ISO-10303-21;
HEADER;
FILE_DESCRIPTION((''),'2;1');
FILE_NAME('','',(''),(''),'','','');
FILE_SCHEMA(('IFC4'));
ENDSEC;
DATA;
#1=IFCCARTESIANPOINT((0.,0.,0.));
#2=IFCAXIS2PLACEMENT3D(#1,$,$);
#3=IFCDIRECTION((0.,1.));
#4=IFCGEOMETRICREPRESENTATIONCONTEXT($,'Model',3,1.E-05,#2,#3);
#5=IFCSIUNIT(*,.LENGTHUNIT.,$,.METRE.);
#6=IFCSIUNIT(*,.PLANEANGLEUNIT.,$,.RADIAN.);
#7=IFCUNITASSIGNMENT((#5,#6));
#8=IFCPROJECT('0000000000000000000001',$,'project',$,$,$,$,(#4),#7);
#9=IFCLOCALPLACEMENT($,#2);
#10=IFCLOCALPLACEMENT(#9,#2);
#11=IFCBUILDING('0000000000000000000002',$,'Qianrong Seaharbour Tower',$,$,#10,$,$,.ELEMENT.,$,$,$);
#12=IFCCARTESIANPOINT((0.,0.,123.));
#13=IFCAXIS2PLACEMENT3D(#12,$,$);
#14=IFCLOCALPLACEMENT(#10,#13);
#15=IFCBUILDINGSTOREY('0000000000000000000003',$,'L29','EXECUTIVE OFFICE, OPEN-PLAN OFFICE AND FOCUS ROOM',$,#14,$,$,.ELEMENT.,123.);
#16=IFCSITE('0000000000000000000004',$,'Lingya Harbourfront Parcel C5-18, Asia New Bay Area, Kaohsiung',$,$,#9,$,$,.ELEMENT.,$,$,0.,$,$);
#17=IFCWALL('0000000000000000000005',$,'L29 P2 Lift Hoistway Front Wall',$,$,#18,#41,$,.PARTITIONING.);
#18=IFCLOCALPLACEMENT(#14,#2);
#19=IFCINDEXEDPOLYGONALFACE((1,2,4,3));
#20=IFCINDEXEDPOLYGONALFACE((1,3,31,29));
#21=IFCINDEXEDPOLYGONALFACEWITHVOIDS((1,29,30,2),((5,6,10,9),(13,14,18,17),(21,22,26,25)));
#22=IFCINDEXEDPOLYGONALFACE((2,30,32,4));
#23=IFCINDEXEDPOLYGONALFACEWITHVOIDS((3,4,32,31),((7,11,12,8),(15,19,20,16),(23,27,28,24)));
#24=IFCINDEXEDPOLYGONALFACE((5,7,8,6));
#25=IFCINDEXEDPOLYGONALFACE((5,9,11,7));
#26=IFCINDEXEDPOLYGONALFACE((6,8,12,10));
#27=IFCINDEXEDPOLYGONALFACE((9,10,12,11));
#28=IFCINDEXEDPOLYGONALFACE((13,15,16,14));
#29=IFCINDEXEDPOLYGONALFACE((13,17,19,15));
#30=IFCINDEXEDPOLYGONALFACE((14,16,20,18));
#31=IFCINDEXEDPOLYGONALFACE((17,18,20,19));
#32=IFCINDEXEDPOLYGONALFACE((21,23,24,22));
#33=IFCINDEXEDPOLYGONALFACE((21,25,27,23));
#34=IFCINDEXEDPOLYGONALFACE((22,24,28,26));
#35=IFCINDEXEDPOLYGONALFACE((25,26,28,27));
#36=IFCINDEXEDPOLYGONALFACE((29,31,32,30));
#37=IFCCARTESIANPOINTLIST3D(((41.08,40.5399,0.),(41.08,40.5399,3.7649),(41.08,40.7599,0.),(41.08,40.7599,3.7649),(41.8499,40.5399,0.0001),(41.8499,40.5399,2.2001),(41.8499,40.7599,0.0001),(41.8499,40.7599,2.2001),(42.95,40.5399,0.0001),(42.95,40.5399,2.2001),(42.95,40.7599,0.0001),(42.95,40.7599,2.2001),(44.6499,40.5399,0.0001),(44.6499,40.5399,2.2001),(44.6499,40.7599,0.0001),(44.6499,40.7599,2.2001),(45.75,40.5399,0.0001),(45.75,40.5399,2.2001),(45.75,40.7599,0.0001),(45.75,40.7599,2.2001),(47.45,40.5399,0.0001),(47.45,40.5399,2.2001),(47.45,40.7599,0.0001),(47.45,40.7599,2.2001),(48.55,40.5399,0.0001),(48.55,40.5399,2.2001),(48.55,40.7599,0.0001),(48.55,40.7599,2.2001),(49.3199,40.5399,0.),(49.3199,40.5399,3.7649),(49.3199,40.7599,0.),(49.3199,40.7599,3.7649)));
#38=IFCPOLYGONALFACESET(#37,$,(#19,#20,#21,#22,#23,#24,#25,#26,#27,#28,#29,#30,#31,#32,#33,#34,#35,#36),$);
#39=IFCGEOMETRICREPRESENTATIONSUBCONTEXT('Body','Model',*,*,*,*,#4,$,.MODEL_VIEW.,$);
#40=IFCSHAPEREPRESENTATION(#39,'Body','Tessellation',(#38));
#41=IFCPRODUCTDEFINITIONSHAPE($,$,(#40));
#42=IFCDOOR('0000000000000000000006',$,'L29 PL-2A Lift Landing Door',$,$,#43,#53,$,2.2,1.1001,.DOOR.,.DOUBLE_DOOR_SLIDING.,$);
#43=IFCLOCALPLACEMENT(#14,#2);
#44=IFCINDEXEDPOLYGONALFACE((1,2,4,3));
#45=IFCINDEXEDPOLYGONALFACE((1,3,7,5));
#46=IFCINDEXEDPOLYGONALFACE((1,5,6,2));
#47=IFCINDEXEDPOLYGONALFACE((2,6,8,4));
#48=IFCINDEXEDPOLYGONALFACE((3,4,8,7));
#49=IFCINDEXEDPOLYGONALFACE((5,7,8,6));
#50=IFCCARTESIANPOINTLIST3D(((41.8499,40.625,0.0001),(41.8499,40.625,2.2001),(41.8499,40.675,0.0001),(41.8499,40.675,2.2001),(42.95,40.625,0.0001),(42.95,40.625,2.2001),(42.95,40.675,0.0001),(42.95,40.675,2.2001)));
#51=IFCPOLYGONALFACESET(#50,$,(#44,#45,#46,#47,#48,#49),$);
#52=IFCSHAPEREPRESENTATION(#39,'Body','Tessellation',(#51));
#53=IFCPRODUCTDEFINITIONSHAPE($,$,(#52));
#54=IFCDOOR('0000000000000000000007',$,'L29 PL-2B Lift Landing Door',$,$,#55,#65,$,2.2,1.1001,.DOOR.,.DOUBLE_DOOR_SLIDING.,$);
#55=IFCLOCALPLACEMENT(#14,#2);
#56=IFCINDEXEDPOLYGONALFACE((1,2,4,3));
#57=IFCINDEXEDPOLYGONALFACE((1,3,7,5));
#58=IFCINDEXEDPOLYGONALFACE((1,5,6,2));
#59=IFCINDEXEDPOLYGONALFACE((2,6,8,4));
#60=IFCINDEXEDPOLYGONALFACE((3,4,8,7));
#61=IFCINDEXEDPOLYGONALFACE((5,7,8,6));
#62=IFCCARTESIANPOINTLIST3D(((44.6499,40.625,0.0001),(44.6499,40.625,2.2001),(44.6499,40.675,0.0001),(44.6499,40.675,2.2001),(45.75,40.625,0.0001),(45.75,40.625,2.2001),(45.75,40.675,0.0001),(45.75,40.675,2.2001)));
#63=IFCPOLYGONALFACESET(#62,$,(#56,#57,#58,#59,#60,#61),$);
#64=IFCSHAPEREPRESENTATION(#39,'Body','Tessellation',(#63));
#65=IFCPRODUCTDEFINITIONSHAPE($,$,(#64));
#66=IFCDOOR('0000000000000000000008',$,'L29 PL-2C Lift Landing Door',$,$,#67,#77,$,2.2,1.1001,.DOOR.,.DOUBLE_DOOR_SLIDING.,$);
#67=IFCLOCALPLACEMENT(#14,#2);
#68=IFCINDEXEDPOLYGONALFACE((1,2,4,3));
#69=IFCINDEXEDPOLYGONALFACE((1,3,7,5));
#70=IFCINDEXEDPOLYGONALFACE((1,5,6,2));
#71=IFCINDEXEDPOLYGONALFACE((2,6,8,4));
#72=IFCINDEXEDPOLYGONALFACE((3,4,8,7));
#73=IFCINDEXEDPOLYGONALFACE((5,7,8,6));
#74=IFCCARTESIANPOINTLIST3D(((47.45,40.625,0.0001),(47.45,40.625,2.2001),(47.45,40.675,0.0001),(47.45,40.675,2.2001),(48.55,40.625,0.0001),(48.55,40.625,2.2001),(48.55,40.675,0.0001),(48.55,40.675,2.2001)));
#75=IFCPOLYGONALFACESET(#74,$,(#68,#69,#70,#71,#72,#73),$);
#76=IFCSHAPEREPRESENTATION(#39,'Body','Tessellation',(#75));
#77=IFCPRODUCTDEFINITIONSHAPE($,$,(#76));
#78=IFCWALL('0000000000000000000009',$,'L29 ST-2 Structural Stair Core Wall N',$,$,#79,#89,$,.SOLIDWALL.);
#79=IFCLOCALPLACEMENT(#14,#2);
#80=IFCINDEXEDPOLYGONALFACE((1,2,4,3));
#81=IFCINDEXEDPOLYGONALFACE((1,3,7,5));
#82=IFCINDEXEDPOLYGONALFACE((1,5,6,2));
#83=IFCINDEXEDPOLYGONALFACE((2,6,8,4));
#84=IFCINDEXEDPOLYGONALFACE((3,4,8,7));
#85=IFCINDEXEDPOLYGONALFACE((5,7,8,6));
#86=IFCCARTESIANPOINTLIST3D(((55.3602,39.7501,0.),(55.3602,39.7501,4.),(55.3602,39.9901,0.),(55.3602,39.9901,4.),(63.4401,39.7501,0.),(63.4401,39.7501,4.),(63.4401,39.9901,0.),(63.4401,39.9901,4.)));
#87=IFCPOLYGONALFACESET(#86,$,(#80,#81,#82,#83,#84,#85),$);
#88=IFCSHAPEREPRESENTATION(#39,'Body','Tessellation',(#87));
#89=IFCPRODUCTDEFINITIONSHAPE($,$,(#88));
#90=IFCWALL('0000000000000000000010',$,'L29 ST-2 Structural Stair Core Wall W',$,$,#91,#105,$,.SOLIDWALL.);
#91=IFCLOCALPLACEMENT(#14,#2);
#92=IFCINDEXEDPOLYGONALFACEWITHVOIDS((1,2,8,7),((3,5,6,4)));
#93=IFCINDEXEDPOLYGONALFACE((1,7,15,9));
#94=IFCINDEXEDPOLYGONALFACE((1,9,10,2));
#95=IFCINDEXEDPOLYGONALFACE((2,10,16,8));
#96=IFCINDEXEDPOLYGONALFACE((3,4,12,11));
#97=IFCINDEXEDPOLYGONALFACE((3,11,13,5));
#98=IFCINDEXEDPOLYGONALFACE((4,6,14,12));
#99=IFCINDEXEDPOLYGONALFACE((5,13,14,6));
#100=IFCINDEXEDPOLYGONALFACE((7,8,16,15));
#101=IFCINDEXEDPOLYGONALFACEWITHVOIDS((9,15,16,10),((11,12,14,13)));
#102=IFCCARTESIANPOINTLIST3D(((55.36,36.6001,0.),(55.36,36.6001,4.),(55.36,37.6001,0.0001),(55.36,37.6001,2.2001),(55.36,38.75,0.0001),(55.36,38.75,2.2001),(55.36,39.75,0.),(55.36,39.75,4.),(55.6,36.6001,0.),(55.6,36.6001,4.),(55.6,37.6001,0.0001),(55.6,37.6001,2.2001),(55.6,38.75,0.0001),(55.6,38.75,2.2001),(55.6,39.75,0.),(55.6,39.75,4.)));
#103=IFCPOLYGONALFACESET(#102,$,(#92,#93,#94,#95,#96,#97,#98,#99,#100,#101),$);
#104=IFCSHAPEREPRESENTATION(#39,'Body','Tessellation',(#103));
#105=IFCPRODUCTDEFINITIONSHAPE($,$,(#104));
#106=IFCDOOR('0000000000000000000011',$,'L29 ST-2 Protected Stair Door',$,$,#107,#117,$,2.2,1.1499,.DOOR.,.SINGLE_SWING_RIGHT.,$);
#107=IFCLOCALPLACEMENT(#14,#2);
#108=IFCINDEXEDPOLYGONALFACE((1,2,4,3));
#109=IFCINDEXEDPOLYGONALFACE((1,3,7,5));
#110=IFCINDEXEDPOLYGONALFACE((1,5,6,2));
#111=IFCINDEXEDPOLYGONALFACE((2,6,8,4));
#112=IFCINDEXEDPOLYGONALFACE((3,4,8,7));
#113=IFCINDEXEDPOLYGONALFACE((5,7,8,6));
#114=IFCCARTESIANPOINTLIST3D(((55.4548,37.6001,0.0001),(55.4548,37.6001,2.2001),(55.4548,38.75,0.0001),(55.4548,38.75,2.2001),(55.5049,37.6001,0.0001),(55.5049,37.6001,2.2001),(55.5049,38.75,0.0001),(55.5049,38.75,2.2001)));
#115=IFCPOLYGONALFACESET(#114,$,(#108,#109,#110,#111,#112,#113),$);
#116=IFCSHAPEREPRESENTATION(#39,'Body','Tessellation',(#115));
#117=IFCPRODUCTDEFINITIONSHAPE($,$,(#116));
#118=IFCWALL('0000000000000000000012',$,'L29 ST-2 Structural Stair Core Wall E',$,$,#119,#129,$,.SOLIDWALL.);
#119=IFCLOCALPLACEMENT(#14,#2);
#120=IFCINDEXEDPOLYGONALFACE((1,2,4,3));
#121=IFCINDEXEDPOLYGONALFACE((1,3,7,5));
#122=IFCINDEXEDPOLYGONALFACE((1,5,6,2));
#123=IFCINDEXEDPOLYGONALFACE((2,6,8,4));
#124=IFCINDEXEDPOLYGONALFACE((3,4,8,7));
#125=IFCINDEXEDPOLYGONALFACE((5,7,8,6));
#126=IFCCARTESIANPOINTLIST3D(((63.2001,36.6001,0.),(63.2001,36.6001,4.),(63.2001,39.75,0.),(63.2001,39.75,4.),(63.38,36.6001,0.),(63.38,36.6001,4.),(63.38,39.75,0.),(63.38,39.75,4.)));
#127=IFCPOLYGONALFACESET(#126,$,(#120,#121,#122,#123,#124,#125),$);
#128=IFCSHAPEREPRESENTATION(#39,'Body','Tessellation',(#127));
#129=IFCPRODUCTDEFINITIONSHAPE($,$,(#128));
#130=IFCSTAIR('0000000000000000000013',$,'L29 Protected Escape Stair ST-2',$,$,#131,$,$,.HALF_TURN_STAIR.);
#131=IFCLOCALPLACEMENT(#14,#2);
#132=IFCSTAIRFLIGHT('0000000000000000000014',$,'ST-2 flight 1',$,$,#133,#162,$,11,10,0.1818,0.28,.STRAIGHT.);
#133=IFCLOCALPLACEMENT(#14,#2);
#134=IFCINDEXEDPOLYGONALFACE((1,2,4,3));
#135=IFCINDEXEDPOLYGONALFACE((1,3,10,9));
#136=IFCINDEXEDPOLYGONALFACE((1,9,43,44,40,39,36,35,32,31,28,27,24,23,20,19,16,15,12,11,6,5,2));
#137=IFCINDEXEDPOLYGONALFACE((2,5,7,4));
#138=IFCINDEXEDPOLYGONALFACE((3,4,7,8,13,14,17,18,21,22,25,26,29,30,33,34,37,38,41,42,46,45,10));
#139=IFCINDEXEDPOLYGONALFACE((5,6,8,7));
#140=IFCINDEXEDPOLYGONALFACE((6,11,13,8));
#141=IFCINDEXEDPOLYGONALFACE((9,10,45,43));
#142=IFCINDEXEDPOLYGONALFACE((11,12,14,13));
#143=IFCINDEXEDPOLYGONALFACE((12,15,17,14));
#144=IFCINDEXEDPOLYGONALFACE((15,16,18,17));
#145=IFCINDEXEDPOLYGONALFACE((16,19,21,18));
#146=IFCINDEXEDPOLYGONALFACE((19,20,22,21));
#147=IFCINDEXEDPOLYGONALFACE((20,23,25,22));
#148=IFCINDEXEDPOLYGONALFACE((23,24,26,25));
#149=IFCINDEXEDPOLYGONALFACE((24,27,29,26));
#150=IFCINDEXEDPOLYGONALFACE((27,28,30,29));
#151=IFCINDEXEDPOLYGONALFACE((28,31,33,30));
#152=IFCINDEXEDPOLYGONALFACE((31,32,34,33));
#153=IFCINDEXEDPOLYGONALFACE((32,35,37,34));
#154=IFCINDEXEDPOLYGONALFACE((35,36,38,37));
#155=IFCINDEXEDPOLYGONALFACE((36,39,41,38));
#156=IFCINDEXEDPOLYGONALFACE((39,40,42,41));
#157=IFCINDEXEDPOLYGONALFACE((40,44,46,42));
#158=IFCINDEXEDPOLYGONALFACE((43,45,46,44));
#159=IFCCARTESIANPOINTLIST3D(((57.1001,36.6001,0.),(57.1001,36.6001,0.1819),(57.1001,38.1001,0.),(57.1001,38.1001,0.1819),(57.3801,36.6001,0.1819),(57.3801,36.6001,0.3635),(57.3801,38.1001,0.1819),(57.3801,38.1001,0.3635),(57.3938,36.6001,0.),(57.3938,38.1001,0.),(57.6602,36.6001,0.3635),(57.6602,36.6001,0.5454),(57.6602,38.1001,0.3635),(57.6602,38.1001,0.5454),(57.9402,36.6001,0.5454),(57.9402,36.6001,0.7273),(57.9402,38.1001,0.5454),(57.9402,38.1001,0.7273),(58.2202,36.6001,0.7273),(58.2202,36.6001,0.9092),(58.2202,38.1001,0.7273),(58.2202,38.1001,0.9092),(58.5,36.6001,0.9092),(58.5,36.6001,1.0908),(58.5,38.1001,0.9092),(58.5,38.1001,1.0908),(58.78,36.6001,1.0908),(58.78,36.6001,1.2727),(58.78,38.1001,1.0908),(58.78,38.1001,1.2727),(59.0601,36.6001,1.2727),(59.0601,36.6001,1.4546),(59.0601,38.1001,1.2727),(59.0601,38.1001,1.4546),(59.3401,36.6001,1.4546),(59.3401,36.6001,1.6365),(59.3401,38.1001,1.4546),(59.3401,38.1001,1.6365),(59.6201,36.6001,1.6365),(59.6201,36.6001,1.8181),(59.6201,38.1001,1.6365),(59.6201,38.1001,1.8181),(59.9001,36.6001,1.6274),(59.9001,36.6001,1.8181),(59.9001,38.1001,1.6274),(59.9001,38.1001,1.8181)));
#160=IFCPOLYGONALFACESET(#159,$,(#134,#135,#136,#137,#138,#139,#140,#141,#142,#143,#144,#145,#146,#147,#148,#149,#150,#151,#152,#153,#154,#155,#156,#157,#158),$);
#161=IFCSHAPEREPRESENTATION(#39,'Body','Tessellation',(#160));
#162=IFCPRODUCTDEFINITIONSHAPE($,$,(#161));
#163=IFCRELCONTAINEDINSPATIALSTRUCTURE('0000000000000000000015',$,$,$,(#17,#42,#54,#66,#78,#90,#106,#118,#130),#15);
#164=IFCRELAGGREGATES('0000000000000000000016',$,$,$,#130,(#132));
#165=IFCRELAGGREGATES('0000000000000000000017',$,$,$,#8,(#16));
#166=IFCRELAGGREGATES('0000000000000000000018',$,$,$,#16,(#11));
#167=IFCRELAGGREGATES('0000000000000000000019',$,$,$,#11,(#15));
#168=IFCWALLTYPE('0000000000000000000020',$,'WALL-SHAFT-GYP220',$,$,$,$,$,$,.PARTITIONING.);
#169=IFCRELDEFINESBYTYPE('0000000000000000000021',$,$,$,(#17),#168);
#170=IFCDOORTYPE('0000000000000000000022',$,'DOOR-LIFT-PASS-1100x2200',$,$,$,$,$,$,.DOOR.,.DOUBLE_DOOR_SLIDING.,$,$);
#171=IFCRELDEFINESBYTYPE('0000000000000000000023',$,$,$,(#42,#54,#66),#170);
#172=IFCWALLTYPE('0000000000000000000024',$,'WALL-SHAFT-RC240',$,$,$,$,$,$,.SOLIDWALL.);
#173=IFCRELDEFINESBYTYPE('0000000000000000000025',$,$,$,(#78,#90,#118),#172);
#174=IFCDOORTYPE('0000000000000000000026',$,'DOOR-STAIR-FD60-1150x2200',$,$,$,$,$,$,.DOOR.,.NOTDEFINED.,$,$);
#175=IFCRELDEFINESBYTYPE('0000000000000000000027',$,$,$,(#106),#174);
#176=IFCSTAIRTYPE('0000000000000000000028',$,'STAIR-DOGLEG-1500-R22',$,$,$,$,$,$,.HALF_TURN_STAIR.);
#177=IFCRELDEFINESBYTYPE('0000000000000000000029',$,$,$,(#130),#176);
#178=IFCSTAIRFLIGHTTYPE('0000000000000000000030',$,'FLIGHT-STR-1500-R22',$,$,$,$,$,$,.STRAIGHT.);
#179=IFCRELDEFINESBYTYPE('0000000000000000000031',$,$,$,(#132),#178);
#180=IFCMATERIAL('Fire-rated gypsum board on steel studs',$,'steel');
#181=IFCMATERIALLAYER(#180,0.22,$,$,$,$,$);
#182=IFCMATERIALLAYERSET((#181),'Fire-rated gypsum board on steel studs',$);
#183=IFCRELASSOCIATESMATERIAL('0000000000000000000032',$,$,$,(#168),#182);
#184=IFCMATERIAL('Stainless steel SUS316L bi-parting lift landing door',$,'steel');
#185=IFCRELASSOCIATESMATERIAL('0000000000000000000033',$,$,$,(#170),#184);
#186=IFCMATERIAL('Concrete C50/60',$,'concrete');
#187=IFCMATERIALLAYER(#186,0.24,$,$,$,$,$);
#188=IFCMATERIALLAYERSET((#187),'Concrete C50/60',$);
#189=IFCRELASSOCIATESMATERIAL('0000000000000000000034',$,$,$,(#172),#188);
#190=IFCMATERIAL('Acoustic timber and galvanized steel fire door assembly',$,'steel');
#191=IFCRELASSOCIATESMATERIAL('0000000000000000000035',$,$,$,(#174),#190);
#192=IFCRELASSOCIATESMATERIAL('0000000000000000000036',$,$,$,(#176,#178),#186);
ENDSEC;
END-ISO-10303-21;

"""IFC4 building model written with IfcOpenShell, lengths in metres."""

from ifc_helpers import new_model, si_unit, direction, frame, frame_2d, origin, place, context, subcontext, project, spatial, polyline, rectangle, outline, extrude, material, layer, layer_set, type_object, element, fill, aggregate, save


model = new_model("IFC4")

# Units and contexts
model_context = context("Model", 3, precision=1e-05, world=origin(), true_north=direction((0.0, 1.0)))
body_context = subcontext(model_context, "Body", "Model", "MODEL_VIEW")
ifc_project = project(units=[si_unit("LENGTHUNIT", "METRE"), si_unit("PLANEANGLEUNIT", "RADIAN")], contexts=[model_context])

# Site, building, storey
site_placement = place(None, origin())
site = spatial("IfcSite", under=ifc_project, at=site_placement, Name="Lingya Harbourfront Parcel C5-18, Asia New Bay Area, Kaohsiung", CompositionType="ELEMENT", RefElevation=0.0)
building_placement = place(site_placement, origin())
building = spatial("IfcBuilding", under=site, at=building_placement, Name="Qianrong Seaharbour Tower", CompositionType="ELEMENT")
storey_placement = place(building_placement, frame((0.0, 0.0, 123.0)))
storey = spatial("IfcBuildingStorey", under=building, at=storey_placement, Name="L29", Description="EXECUTIVE OFFICE, OPEN-PLAN OFFICE AND FOCUS ROOM", CompositionType="ELEMENT", Elevation=123.0)

# Shared definitions
ifc_material_1 = material(Name="Acoustic timber and galvanized steel fire door assembly", Category="steel")

# Wall, openings, doors
ifc_material_2 = material(Name="Fire-rated gypsum board on steel studs", Category="steel")
ifc_layer_1 = layer(ifc_material_2, 0.22)
ifc_layer_set_1 = layer_set([ifc_layer_1], Name="Fire-rated gypsum board on steel studs")
wall_type_1 = type_object("IfcWallType", Name="WALL-SHAFT-GYP220", PredefinedType="PARTITIONING", material=ifc_layer_set_1)
wall_1_placement = place(storey_placement, frame((49.3201, 40.6499, 0.0), z_axis=(0.0, 0.0, 1.0), x_axis=(-1.0, 0.0, 0.0)))
wall_1 = element("IfcWall", 1, at=wall_1_placement, inside=storey, type_object=wall_type_1, Name="L29 P2 Lift Hoistway Front Wall", PredefinedType="PARTITIONING", context=body_context, shape_type="SweptSolid", body=[
    extrude(rectangle(XDim=8.24, YDim=0.22, at=frame_2d((4.1201, 0.0))), origin(), (0.0, 0.0, 1.0), 3.7649),
])
opening_1_placement = place(wall_1_placement, frame((6.3701, 0.0, 0.0)))
opening_1 = element("IfcOpeningElement", 2, at=opening_1_placement, cuts=wall_1, PredefinedType="OPENING", context=body_context, shape_type="SweptSolid", body=[
    extrude(rectangle(XDim=1.1001, YDim=2.2, at=frame_2d((0.55, 1.1001))), frame((0.0, 0.1201, 0.0), z_axis=(0.0, -1.0, 0.0), x_axis=(1.0, 0.0, 0.0)), (0.0, 0.0, 1.0), 0.24),
])
opening_2_placement = place(wall_1_placement, frame((3.5701, 0.0, 0.0)))
opening_2 = element("IfcOpeningElement", 3, at=opening_2_placement, cuts=wall_1, PredefinedType="OPENING", context=body_context, shape_type="SweptSolid", body=[
    extrude(rectangle(XDim=1.1001, YDim=2.2, at=frame_2d((0.55, 1.1001))), frame((0.0, 0.1201, 0.0), z_axis=(0.0, -1.0, 0.0), x_axis=(1.0, 0.0, 0.0)), (0.0, 0.0, 1.0), 0.24),
])
opening_3_placement = place(wall_1_placement, frame((0.77, 0.0, 0.0)))
opening_3 = element("IfcOpeningElement", 4, at=opening_3_placement, cuts=wall_1, PredefinedType="OPENING", context=body_context, shape_type="SweptSolid", body=[
    extrude(rectangle(XDim=1.1001, YDim=2.2, at=frame_2d((0.55, 1.1001))), frame((0.0, 0.1201, 0.0), z_axis=(0.0, -1.0, 0.0), x_axis=(1.0, 0.0, 0.0)), (0.0, 0.0, 1.0), 0.24),
])
ifc_material_3 = material(Name="Stainless steel SUS316L bi-parting lift landing door", Category="steel")
door_type_1 = type_object("IfcDoorType", Name="DOOR-LIFT-PASS-1100x2200", OperationType="DOUBLE_DOOR_SLIDING", PredefinedType="DOOR", material=ifc_material_3)
door_1_placement = place(opening_1_placement, origin())
door_1 = element("IfcDoor", 5, at=door_1_placement, inside=storey, type_object=door_type_1, Name="L29 PL-2A Lift Landing Door", OperationType="DOUBLE_DOOR_SLIDING", OverallHeight=2.2, OverallWidth=1.1001, PredefinedType="DOOR", context=body_context, shape_type="SweptSolid", body=[
    extrude(rectangle(XDim=1.1001, YDim=2.2, at=frame_2d((0.55, 1.1001))), frame((0.0, 0.0249, 0.0), z_axis=(0.0, -1.0, 0.0), x_axis=(1.0, 0.0, 0.0)), (0.0, 0.0, 1.0), 0.05),
])
fill(opening_1, door_1)
door_2_placement = place(opening_2_placement, origin())
door_2 = element("IfcDoor", 6, at=door_2_placement, inside=storey, type_object=door_type_1, Name="L29 PL-2B Lift Landing Door", OperationType="DOUBLE_DOOR_SLIDING", OverallHeight=2.2, OverallWidth=1.1001, PredefinedType="DOOR", context=body_context, shape_type="SweptSolid", body=[
    extrude(rectangle(XDim=1.1001, YDim=2.2, at=frame_2d((0.55, 1.1001))), frame((0.0, 0.0249, 0.0), z_axis=(0.0, -1.0, 0.0), x_axis=(1.0, 0.0, 0.0)), (0.0, 0.0, 1.0), 0.05),
])
fill(opening_2, door_2)
door_3_placement = place(opening_3_placement, origin())
door_3 = element("IfcDoor", 7, at=door_3_placement, inside=storey, type_object=door_type_1, Name="L29 PL-2C Lift Landing Door", OperationType="DOUBLE_DOOR_SLIDING", OverallHeight=2.2, OverallWidth=1.1001, PredefinedType="DOOR", context=body_context, shape_type="SweptSolid", body=[
    extrude(rectangle(XDim=1.1001, YDim=2.2, at=frame_2d((0.55, 1.1001))), frame((0.0, 0.0249, 0.0), z_axis=(0.0, -1.0, 0.0), x_axis=(1.0, 0.0, 0.0)), (0.0, 0.0, 1.0), 0.05),
])
fill(opening_3, door_3)

# Wall
ifc_material_4 = material(Name="Concrete C50/60", Category="concrete")
ifc_layer_2 = layer(ifc_material_4, 0.24)
ifc_layer_set_2 = layer_set([ifc_layer_2], Name="Concrete C50/60")
wall_type_2 = type_object("IfcWallType", Name="WALL-SHAFT-RC240", PredefinedType="SOLIDWALL", material=ifc_layer_set_2)
wall_2_placement = place(storey_placement, frame((55.3601, 39.8701, 0.0), z_axis=(0.0, 0.0, 1.0), x_axis=(1.0, 0.0, 0.0)))
element("IfcWall", 8, at=wall_2_placement, inside=storey, type_object=wall_type_2, Name="L29 ST-2 Structural Stair Core Wall N", PredefinedType="SOLIDWALL", context=body_context, shape_type="SweptSolid", body=[
    extrude(rectangle(XDim=8.0798, YDim=0.24, at=frame_2d((4.04, 0.0))), origin(), (0.0, 0.0, 1.0), 4.0),
])

# Wall, opening, door
wall_3_placement = place(storey_placement, frame((55.48, 39.75, 0.0), z_axis=(0.0, 0.0, 1.0), x_axis=(0.0, -1.0, 0.0)))
wall_3 = element("IfcWall", 9, at=wall_3_placement, inside=storey, type_object=wall_type_2, Name="L29 ST-2 Structural Stair Core Wall W", PredefinedType="SOLIDWALL", context=body_context, shape_type="SweptSolid", body=[
    extrude(rectangle(XDim=3.1499, YDim=0.24, at=frame_2d((1.575, 0.0))), origin(), (0.0, 0.0, 1.0), 4.0),
])
opening_4_placement = place(wall_3_placement, frame((1.0, 0.0, 0.0)))
opening_4 = element("IfcOpeningElement", 10, at=opening_4_placement, cuts=wall_3, PredefinedType="OPENING", context=body_context, shape_type="SweptSolid", body=[
    extrude(rectangle(XDim=1.1499, YDim=2.2, at=frame_2d((0.575, 1.1001))), frame((0.0, 0.1299, 0.0), z_axis=(0.0, -1.0, 0.0), x_axis=(1.0, 0.0, 0.0)), (0.0, 0.0, 1.0), 0.26),
])
door_type_2 = type_object("IfcDoorType", Name="DOOR-STAIR-FD60-1150x2200", OperationType="NOTDEFINED", PredefinedType="DOOR", material=ifc_material_1)
door_4_placement = place(opening_4_placement, origin())
door_4 = element("IfcDoor", 11, at=door_4_placement, inside=storey, type_object=door_type_2, Name="L29 ST-2 Protected Stair Door", OperationType="SINGLE_SWING_RIGHT", OverallHeight=2.2, OverallWidth=1.1499, PredefinedType="DOOR", context=body_context, shape_type="SweptSolid", body=[
    extrude(rectangle(XDim=1.1499, YDim=2.2, at=frame_2d((0.575, 1.1001))), frame((0.0, 0.0249, 0.0), z_axis=(0.0, -1.0, 0.0), x_axis=(1.0, 0.0, 0.0)), (0.0, 0.0, 1.0), 0.05),
])
fill(opening_4, door_4)

# Wall
wall_4_placement = place(storey_placement, frame((63.29, 36.6001, 0.0), z_axis=(0.0, 0.0, 1.0), x_axis=(0.0, 1.0, 0.0)))
element("IfcWall", 12, at=wall_4_placement, inside=storey, type_object=wall_type_2, Name="L29 ST-2 Structural Stair Core Wall E", PredefinedType="SOLIDWALL", context=body_context, shape_type="SweptSolid", body=[
    extrude(rectangle(XDim=3.1499, YDim=0.1799, at=frame_2d((1.575, 0.0))), origin(), (0.0, 0.0, 1.0), 4.0),
])

# Stair, stair flight
stair_type = type_object("IfcStairType", Name="STAIR-DOGLEG-1500-R22", PredefinedType="HALF_TURN_STAIR", material=ifc_material_4)
stair_placement = place(storey_placement, origin())
stair = element("IfcStair", 13, at=stair_placement, inside=storey, type_object=stair_type, Name="L29 Protected Escape Stair ST-2", PredefinedType="HALF_TURN_STAIR")
stair_flight_type = type_object("IfcStairFlightType", Name="FLIGHT-STR-1500-R22", PredefinedType="STRAIGHT", material=ifc_material_4)
stair_flight_1_placement = place(storey_placement, frame((57.1001, 37.3501, 0.0), z_axis=(0.0, 0.0, 1.0), x_axis=(1.0, 0.0, 0.0)))
stair_flight_1 = element("IfcStairFlight", 14, at=stair_flight_1_placement, type_object=stair_flight_type, Name="ST-2 flight 1", NumberOfRisers=11, NumberOfTreads=10, PredefinedType="STRAIGHT", RiserHeight=0.1818, TreadLength=0.28, context=body_context, shape_type="SweptSolid", body=[
    extrude(outline(polyline([(0.0, 0.0), (0.0, 0.1819), (0.28, 0.1819), (0.28, 0.3635), (0.5601, 0.3635), (0.5601, 0.5454), (0.8401, 0.5454), (0.8401, 0.7273), (1.1201, 0.7273), (1.1201, 0.9092), (1.3999, 0.9092), (1.3999, 1.0908), (1.6799, 1.0908), (1.6799, 1.2727), (1.96, 1.2727), (1.96, 1.4546), (2.24, 1.4546), (2.24, 1.6365), (2.52, 1.6365), (2.52, 1.8181), (2.8, 1.8181), (2.8, 2.0), (2.8, 1.6274), (0.2937, 0.0), (0.0, 0.0)])), frame((0.0, 0.75, 0.0), z_axis=(0.0, -1.0, 0.0), x_axis=(1.0, 0.0, 0.0)), (0.0, 0.0, 1.0), 1.5),
])
aggregate(stair, [stair_flight_1])

save(model, "model.ifc")
